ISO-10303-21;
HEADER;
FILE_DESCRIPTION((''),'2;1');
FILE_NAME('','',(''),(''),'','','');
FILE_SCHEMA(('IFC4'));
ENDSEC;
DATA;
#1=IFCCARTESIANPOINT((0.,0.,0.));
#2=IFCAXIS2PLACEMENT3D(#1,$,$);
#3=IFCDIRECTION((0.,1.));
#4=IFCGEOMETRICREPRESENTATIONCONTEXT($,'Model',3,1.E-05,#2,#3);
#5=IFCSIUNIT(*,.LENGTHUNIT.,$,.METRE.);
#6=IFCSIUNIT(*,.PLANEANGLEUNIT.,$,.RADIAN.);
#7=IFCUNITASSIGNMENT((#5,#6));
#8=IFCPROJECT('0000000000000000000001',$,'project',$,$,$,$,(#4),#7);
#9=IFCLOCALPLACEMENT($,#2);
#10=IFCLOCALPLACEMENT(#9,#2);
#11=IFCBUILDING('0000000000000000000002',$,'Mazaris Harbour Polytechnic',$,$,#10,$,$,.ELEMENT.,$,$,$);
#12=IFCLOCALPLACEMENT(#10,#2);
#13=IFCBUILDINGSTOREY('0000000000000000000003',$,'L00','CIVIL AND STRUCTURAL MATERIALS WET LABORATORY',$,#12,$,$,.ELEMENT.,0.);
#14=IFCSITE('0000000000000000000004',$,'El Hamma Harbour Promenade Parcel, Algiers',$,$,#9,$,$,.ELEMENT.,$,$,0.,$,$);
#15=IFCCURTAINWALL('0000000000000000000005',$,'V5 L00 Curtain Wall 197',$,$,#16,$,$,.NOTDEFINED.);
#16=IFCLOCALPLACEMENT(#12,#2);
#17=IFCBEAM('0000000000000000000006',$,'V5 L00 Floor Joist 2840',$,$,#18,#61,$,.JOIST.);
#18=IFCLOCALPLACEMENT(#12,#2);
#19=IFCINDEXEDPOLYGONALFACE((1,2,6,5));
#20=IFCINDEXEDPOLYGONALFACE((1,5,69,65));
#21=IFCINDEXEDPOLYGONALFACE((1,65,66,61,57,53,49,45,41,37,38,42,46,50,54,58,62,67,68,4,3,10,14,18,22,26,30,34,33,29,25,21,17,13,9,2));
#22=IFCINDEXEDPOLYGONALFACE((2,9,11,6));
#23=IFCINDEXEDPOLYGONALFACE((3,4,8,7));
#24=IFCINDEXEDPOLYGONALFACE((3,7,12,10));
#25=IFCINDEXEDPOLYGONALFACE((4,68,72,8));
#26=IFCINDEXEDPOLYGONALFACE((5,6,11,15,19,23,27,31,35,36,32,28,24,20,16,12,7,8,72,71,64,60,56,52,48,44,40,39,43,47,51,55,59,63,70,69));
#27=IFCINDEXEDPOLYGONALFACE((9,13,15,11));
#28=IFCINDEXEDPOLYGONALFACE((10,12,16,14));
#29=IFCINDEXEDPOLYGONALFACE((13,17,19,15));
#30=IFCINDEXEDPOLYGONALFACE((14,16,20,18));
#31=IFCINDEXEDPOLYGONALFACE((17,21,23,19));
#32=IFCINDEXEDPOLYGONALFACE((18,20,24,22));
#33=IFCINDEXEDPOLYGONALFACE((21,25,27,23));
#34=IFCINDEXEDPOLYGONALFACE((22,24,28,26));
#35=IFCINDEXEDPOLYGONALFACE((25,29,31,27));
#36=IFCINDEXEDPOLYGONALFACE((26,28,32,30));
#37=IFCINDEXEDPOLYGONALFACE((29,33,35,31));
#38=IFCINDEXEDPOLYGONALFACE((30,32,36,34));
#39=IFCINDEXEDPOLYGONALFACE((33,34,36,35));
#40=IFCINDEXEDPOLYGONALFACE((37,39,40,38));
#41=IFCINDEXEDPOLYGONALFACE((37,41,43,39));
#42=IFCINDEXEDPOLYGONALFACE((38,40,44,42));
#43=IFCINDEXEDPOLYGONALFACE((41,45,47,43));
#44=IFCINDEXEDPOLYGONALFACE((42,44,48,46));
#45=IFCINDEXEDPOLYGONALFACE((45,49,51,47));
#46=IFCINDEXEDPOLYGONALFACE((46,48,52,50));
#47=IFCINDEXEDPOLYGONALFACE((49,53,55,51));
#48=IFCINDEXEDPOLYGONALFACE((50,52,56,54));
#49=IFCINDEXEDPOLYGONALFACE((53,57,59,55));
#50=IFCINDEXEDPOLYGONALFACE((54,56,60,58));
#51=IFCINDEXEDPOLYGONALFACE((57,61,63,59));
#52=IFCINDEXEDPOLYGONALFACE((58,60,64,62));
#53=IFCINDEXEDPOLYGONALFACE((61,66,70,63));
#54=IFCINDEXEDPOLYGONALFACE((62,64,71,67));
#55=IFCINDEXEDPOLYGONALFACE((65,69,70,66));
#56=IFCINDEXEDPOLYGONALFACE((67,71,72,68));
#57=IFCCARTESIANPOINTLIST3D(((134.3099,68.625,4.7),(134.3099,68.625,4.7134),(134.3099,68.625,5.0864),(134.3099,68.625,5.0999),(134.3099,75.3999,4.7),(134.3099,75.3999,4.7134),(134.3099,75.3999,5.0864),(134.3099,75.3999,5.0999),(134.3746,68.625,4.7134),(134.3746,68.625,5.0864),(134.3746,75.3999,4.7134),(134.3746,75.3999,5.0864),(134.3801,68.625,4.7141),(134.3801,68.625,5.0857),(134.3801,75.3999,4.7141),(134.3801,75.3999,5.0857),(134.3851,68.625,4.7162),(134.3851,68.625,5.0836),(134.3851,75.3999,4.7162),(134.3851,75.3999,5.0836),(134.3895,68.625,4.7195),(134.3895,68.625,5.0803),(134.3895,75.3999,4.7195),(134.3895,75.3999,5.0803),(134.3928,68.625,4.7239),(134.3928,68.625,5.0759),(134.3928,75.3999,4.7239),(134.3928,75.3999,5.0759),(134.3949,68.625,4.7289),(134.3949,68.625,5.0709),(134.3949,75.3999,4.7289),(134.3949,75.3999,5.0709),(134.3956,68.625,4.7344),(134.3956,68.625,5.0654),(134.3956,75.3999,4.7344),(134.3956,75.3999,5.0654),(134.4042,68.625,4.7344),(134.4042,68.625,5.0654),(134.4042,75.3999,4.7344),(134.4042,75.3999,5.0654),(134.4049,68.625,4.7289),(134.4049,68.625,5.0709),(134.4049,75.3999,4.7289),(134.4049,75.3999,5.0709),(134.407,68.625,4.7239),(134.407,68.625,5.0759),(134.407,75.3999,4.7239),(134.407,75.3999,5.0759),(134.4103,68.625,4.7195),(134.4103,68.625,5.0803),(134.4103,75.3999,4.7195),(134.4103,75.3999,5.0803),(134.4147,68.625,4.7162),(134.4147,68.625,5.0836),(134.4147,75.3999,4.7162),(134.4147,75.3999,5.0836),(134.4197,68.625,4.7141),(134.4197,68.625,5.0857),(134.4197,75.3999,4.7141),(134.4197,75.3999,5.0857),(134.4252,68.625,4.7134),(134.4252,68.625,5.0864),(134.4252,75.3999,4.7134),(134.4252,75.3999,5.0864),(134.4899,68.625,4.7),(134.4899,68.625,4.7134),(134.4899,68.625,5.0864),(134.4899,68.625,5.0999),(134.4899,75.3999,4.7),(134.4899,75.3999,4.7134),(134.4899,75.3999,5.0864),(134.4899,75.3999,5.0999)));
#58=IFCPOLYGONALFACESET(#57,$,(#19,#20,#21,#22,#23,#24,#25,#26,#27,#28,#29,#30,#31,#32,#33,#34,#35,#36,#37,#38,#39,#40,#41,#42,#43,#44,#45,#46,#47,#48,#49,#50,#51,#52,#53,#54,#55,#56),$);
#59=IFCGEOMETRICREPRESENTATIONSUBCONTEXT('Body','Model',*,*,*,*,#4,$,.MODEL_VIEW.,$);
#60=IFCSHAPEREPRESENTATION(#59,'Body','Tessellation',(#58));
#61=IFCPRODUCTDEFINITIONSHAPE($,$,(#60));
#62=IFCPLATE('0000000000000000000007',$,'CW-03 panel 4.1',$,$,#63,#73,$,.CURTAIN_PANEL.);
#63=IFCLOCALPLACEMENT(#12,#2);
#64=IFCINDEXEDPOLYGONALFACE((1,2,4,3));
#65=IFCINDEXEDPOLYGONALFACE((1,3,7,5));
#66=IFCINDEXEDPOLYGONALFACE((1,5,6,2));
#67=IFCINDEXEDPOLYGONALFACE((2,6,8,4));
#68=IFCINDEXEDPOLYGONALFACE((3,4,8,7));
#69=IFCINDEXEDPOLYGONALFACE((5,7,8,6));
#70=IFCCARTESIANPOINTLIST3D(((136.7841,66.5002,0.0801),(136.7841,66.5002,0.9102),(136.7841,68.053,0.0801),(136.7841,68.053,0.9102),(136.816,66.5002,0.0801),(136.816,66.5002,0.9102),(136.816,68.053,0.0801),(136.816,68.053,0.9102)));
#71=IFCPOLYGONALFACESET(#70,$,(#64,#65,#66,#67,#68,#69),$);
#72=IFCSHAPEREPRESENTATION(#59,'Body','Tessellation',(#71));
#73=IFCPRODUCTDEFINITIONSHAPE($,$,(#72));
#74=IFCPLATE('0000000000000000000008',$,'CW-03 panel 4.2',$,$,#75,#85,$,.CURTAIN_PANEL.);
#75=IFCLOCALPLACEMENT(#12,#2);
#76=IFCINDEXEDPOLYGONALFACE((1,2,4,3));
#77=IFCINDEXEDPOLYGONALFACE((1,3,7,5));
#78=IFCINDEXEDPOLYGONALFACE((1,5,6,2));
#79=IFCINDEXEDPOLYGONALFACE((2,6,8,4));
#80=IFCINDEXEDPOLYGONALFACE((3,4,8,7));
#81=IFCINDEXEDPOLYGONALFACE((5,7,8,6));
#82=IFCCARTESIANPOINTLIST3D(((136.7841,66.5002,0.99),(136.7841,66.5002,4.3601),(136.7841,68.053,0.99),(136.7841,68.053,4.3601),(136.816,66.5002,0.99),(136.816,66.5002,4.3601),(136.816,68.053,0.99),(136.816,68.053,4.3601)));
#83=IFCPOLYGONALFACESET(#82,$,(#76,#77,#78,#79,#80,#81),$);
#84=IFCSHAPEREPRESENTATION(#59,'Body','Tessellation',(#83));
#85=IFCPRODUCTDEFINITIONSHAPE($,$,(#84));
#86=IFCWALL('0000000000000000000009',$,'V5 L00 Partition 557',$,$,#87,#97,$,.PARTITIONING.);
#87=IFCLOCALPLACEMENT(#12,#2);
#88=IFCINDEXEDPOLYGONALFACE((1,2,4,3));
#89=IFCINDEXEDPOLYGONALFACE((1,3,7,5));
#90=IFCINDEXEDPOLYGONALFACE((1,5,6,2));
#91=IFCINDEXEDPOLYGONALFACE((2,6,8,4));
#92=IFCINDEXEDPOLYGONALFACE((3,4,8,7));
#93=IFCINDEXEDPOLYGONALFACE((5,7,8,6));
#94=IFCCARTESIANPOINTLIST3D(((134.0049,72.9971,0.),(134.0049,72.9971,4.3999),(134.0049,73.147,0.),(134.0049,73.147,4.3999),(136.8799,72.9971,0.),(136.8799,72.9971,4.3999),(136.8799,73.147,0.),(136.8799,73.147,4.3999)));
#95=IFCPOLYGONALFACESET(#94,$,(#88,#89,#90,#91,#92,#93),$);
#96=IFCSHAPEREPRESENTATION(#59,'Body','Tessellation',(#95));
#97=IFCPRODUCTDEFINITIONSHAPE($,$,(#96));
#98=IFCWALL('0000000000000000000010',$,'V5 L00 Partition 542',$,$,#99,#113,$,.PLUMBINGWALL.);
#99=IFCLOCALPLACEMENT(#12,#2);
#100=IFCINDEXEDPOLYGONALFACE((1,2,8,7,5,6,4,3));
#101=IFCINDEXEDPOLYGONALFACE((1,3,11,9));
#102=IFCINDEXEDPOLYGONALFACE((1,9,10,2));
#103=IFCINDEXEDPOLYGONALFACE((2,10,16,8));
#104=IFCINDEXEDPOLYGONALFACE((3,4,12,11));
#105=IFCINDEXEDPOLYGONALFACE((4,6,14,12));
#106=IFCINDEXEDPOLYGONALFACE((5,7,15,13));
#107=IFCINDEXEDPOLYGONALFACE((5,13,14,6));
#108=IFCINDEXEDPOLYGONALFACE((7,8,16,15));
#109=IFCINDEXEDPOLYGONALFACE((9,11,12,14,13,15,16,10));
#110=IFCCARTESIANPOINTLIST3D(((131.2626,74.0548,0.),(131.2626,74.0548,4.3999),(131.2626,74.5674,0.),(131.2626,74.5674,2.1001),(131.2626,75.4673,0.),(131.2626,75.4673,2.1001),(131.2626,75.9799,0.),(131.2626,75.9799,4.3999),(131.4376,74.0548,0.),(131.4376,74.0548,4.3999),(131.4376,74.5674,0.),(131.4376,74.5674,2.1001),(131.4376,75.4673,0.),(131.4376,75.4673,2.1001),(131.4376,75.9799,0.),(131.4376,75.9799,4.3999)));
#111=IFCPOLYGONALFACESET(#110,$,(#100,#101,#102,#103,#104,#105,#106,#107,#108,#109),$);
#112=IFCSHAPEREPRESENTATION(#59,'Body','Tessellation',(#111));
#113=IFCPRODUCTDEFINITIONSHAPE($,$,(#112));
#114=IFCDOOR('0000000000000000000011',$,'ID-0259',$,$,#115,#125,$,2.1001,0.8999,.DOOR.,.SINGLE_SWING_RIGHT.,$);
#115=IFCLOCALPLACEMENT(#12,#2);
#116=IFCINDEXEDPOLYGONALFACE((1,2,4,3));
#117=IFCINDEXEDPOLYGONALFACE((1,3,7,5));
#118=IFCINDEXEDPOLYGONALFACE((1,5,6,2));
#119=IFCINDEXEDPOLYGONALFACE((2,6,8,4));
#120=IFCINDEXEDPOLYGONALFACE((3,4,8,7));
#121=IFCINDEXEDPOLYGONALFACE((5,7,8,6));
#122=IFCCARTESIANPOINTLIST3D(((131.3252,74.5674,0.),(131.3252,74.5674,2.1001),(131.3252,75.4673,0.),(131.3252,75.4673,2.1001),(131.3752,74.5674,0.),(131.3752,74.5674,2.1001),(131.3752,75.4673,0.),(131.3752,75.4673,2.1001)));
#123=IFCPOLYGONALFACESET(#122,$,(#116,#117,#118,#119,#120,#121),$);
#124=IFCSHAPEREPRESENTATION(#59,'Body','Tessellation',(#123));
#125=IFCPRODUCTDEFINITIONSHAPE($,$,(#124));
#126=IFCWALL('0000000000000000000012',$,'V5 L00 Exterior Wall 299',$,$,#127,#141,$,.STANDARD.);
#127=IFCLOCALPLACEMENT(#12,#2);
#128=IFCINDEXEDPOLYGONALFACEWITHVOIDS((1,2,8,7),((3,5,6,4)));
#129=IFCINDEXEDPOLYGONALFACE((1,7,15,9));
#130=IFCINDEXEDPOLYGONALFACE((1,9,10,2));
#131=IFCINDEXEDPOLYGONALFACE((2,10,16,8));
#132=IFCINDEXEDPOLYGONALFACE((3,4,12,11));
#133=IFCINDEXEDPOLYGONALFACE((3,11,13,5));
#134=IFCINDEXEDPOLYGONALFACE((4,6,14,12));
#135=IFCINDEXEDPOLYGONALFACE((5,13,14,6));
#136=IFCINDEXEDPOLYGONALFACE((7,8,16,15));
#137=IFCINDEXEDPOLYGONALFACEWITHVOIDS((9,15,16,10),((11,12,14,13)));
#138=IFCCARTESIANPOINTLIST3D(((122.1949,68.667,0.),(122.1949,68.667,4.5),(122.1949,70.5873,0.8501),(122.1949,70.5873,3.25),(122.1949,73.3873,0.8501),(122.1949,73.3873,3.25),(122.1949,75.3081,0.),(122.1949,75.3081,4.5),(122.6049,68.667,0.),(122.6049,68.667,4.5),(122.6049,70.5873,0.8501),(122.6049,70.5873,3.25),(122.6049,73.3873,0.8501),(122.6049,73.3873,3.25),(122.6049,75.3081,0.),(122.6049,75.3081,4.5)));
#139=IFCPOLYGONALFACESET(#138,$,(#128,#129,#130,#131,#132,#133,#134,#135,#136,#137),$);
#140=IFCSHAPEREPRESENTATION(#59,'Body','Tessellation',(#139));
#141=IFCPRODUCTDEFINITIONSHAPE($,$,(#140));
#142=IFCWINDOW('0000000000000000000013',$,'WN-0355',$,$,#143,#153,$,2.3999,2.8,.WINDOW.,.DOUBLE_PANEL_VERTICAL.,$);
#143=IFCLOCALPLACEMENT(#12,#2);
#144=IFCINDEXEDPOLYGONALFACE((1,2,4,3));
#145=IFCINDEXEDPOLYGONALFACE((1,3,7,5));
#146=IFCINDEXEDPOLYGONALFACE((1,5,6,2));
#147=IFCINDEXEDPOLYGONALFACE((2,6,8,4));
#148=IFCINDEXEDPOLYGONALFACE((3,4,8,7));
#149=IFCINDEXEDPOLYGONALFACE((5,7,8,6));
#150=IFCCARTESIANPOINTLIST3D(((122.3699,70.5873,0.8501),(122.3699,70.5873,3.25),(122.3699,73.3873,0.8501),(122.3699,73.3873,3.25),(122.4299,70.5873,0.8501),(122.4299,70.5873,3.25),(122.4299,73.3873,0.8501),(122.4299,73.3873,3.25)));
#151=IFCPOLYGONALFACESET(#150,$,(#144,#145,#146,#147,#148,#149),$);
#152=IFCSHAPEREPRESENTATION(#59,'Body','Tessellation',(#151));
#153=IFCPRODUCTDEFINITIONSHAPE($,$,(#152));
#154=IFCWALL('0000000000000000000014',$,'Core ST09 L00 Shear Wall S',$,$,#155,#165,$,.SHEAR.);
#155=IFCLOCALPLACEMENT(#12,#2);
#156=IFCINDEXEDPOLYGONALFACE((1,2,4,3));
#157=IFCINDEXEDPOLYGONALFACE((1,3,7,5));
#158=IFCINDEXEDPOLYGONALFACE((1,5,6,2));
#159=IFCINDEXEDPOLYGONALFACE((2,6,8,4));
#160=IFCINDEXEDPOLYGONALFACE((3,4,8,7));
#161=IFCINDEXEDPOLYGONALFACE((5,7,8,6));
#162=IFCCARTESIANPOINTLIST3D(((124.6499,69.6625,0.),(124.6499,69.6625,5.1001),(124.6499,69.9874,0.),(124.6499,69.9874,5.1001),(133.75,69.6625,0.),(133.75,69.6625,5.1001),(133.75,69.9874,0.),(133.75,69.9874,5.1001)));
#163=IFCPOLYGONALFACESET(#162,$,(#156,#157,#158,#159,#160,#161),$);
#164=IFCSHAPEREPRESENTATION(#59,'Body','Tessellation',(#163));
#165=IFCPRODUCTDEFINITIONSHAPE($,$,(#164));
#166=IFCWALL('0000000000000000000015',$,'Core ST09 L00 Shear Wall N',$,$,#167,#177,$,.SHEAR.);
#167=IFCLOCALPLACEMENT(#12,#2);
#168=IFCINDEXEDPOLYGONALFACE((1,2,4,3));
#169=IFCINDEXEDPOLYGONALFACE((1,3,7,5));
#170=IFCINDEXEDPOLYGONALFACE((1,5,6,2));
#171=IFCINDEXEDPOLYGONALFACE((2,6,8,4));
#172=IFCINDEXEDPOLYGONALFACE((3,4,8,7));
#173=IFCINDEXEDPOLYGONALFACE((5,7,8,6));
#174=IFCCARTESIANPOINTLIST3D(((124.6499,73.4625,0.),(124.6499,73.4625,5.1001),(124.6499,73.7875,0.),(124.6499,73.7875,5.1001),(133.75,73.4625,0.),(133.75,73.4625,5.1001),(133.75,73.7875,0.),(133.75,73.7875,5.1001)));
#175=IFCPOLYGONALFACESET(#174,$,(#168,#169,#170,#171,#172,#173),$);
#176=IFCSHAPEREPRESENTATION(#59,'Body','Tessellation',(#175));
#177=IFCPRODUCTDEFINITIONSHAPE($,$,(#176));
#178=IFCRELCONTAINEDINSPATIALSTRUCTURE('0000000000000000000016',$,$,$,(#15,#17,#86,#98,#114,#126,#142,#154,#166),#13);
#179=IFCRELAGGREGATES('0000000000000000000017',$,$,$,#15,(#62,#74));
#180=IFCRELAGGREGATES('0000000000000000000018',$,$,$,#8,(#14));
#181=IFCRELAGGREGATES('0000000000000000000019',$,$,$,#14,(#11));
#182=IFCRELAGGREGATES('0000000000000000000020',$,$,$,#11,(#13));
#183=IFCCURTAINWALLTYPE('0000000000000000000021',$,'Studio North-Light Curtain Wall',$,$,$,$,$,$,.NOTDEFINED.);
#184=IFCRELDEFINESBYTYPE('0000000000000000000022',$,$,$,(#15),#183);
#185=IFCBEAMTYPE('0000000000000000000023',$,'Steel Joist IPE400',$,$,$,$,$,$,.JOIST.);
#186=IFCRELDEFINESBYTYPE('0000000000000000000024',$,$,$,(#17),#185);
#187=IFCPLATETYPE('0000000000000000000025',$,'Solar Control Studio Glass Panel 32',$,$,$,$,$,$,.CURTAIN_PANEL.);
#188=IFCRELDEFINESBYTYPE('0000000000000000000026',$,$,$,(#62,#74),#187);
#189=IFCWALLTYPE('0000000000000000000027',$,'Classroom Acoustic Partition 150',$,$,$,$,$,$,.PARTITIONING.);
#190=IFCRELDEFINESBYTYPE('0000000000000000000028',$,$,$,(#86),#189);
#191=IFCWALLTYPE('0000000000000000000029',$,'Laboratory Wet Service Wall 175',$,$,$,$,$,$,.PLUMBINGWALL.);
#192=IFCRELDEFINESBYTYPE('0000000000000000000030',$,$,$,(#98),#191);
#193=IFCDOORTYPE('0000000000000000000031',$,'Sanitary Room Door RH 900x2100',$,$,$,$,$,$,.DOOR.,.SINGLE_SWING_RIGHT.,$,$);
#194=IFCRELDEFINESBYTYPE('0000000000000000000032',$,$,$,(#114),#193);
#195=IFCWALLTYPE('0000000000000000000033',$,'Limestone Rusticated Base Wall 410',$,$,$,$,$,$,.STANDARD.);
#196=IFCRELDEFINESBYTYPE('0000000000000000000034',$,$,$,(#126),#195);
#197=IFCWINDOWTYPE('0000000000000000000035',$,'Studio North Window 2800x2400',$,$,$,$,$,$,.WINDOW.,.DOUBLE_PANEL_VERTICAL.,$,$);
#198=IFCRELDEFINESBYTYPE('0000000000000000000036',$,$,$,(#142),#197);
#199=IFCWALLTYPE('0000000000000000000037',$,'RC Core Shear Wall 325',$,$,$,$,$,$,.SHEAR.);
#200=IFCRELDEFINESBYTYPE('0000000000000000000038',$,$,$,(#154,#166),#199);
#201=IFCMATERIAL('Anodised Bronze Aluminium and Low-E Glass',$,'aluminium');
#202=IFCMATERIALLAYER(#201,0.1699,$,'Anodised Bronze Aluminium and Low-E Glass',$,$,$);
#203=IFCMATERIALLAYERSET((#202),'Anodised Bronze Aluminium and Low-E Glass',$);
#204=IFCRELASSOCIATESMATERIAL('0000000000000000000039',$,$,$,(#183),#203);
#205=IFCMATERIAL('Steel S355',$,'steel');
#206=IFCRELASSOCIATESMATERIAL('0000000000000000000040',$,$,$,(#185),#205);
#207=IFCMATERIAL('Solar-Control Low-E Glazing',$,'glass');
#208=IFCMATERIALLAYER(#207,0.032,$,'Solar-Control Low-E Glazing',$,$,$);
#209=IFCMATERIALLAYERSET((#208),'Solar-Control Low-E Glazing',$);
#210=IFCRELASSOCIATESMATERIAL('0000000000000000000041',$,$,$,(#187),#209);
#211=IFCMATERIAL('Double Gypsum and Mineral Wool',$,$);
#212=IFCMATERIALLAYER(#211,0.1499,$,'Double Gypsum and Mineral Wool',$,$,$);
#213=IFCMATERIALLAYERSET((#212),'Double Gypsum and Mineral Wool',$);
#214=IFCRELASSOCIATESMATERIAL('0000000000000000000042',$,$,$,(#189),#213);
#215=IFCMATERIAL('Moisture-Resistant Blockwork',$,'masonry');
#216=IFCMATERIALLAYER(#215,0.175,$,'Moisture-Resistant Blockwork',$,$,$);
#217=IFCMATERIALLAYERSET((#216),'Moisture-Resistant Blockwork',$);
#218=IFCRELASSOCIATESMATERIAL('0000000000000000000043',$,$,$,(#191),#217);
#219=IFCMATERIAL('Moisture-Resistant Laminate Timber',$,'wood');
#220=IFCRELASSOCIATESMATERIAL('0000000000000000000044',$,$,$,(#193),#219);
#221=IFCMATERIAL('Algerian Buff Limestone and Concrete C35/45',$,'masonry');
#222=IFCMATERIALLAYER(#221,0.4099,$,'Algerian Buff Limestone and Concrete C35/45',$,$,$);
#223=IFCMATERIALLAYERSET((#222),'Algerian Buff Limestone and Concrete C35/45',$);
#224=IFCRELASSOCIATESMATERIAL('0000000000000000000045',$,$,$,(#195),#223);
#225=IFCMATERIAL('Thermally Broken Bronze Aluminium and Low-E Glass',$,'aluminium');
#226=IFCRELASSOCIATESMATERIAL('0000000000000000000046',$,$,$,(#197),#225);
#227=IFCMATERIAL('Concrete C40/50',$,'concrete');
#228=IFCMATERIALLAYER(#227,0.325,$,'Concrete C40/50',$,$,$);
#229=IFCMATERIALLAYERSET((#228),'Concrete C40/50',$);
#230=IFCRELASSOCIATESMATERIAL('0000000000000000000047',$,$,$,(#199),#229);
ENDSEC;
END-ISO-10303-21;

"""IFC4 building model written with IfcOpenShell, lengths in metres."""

from ifc_helpers import new_model, si_unit, direction, frame, frame_2d, origin, origin_2d, place, context, subcontext, project, spatial, rectangle, i_section, extrude, material, layer, layer_set, material_profile, profile_set, type_object, element, fill, aggregate, save


model = new_model("IFC4")

# Units and contexts
model_context = context("Model", 3, precision=1e-05, world=origin(), true_north=direction((0.0, 1.0)))
body_context = subcontext(model_context, "Body", "Model", "MODEL_VIEW")
ifc_project = project(units=[si_unit("LENGTHUNIT", "METRE"), si_unit("PLANEANGLEUNIT", "RADIAN")], contexts=[model_context])

# Site, building, storey
site_placement = place(None, origin())
site = spatial("IfcSite", under=ifc_project, at=site_placement, Name="El Hamma Harbour Promenade Parcel, Algiers", CompositionType="ELEMENT", RefElevation=0.0)
building_placement = place(site_placement, origin())
building = spatial("IfcBuilding", under=site, at=building_placement, Name="Mazaris Harbour Polytechnic", CompositionType="ELEMENT")
storey_placement = place(building_placement, origin())
storey = spatial("IfcBuildingStorey", under=building, at=storey_placement, Name="L00", Description="CIVIL AND STRUCTURAL MATERIALS WET LABORATORY", CompositionType="ELEMENT", Elevation=0.0)

# Curtain wall
ifc_material_1 = material(Name="Anodised Bronze Aluminium and Low-E Glass", Category="aluminium")
ifc_layer_1 = layer(ifc_material_1, 0.1699, Name="Anodised Bronze Aluminium and Low-E Glass")
ifc_layer_set_1 = layer_set([ifc_layer_1], Name="Anodised Bronze Aluminium and Low-E Glass")
curtain_wall_type = type_object("IfcCurtainWallType", Name="Studio North-Light Curtain Wall", PredefinedType="NOTDEFINED", material=ifc_layer_set_1)
curtain_wall_placement = place(storey_placement, origin())
curtain_wall = element("IfcCurtainWall", 1, at=curtain_wall_placement, inside=storey, type_object=curtain_wall_type, Name="V5 L00 Curtain Wall 197", PredefinedType="NOTDEFINED")

# Beam
ifc_material_2 = material(Name="Steel S355", Category="steel")
ifc_material_profile_1 = material_profile(ifc_material_2, i_section(OverallWidth=0.1799, OverallDepth=0.3999, WebThickness=0.0085, FlangeThickness=0.0134, FilletRadius=0.021, at=origin_2d()), Name="IPE 400")
ifc_profile_set_1 = profile_set([ifc_material_profile_1], Name="Steel S355")
beam_type_1 = type_object("IfcBeamType", Name="Steel Joist IPE400", PredefinedType="JOIST", material=ifc_profile_set_1)
beam_1_placement = place(storey_placement, frame((134.3999, 68.625, 4.8999), z_axis=(0.0, 1.0, 0.0), x_axis=(-1.0, 0.0, 0.0)))
element("IfcBeam", 2, at=beam_1_placement, inside=storey, type_object=beam_type_1, Name="V5 L00 Floor Joist 2840", PredefinedType="JOIST", context=body_context, shape_type="SweptSolid", body=[
    extrude(i_section(OverallWidth=0.1799, OverallDepth=0.3999, WebThickness=0.0085, FlangeThickness=0.0134, FilletRadius=0.021, at=origin_2d()), origin(), (0.0, 0.0, 1.0), 6.7749),
])

# Plates
ifc_material_3 = material(Name="Solar-Control Low-E Glazing", Category="glass")
ifc_layer_2 = layer(ifc_material_3, 0.032, Name="Solar-Control Low-E Glazing")
ifc_layer_set_2 = layer_set([ifc_layer_2], Name="Solar-Control Low-E Glazing")
plate_type = type_object("IfcPlateType", Name="Solar Control Studio Glass Panel 32", PredefinedType="CURTAIN_PANEL", material=ifc_layer_set_2)
plate_1_placement = place(storey_placement, frame((136.8, 67.2766, 0.0801), z_axis=(0.0, 0.0, 1.0), x_axis=(0.0, 1.0, 0.0)))
plate_1 = element("IfcPlate", 3, at=plate_1_placement, type_object=plate_type, Name="CW-03 panel 4.1", PredefinedType="CURTAIN_PANEL", context=body_context, shape_type="SweptSolid", body=[
    extrude(rectangle(XDim=1.5527, YDim=0.032, at=origin_2d()), origin(), (0.0, 0.0, 1.0), 0.8301),
])
plate_2_placement = place(storey_placement, frame((136.8, 67.2766, 0.99), z_axis=(0.0, 0.0, 1.0), x_axis=(0.0, 1.0, 0.0)))
plate_2 = element("IfcPlate", 4, at=plate_2_placement, type_object=plate_type, Name="CW-03 panel 4.2", PredefinedType="CURTAIN_PANEL", context=body_context, shape_type="SweptSolid", body=[
    extrude(rectangle(XDim=1.5527, YDim=0.032, at=origin_2d()), origin(), (0.0, 0.0, 1.0), 3.3701),
])
aggregate(curtain_wall, [plate_1, plate_2])

# Wall
ifc_material_4 = material(Name="Double Gypsum and Mineral Wool")
ifc_layer_3 = layer(ifc_material_4, 0.1499, Name="Double Gypsum and Mineral Wool")
ifc_layer_set_3 = layer_set([ifc_layer_3], Name="Double Gypsum and Mineral Wool")
wall_type_1 = type_object("IfcWallType", Name="Classroom Acoustic Partition 150", PredefinedType="PARTITIONING", material=ifc_layer_set_3)
wall_1_placement = place(storey_placement, frame((134.0049, 73.072, 0.0), z_axis=(0.0, 0.0, 1.0), x_axis=(1.0, 0.0, 0.0)))
element("IfcWall", 5, at=wall_1_placement, inside=storey, type_object=wall_type_1, Name="V5 L00 Partition 557", PredefinedType="PARTITIONING", context=body_context, shape_type="SweptSolid", body=[
    extrude(rectangle(XDim=2.875, YDim=0.1499, at=frame_2d((1.4375, 0.0))), origin(), (0.0, 0.0, 1.0), 4.3999),
])

# Wall, opening, door
ifc_material_5 = material(Name="Moisture-Resistant Blockwork", Category="masonry")
ifc_layer_4 = layer(ifc_material_5, 0.175, Name="Moisture-Resistant Blockwork")
ifc_layer_set_4 = layer_set([ifc_layer_4], Name="Moisture-Resistant Blockwork")
wall_type_2 = type_object("IfcWallType", Name="Laboratory Wet Service Wall 175", PredefinedType="PLUMBINGWALL", material=ifc_layer_set_4)
wall_2_placement = place(storey_placement, frame((131.3501, 74.0549, 0.0), z_axis=(0.0, 0.0, 1.0), x_axis=(0.0, 1.0, 0.0)))
wall_2 = element("IfcWall", 6, at=wall_2_placement, inside=storey, type_object=wall_type_2, Name="V5 L00 Partition 542", PredefinedType="PLUMBINGWALL", context=body_context, shape_type="SweptSolid", body=[
    extrude(rectangle(XDim=1.925, YDim=0.175, at=frame_2d((0.9624, 0.0))), origin(), (0.0, 0.0, 1.0), 4.3999),
])
opening_1_placement = place(wall_2_placement, frame((0.5125, 0.0, 0.0)))
opening_1 = element("IfcOpeningElement", 7, at=opening_1_placement, cuts=wall_2, PredefinedType="OPENING", context=body_context, shape_type="SweptSolid", body=[
    extrude(rectangle(XDim=0.8999, YDim=2.1001, at=frame_2d((0.45, 1.05))), frame((0.0, 0.0974, 0.0), z_axis=(0.0, -1.0, 0.0), x_axis=(1.0, 0.0, 0.0)), (0.0, 0.0, 1.0), 0.1951),
])
ifc_material_6 = material(Name="Moisture-Resistant Laminate Timber", Category="wood")
door_type_1 = type_object("IfcDoorType", Name="Sanitary Room Door RH 900x2100", OperationType="SINGLE_SWING_RIGHT", PredefinedType="DOOR", material=ifc_material_6)
door_1_placement = place(opening_1_placement, origin())
door_1 = element("IfcDoor", 8, at=door_1_placement, inside=storey, type_object=door_type_1, Name="ID-0259", OperationType="SINGLE_SWING_RIGHT", OverallHeight=2.1001, OverallWidth=0.8999, PredefinedType="DOOR", context=body_context, shape_type="SweptSolid", body=[
    extrude(rectangle(XDim=0.8999, YDim=2.1001, at=frame_2d((0.45, 1.05))), frame((0.0, 0.0249, 0.0), z_axis=(0.0, -1.0, 0.0), x_axis=(1.0, 0.0, 0.0)), (0.0, 0.0, 1.0), 0.05),
])
fill(opening_1, door_1)

# Wall, opening, window
ifc_material_7 = material(Name="Algerian Buff Limestone and Concrete C35/45", Category="masonry")
ifc_layer_5 = layer(ifc_material_7, 0.4099, Name="Algerian Buff Limestone and Concrete C35/45")
ifc_layer_set_5 = layer_set([ifc_layer_5], Name="Algerian Buff Limestone and Concrete C35/45")
wall_type_3 = type_object("IfcWallType", Name="Limestone Rusticated Base Wall 410", PredefinedType="STANDARD", material=ifc_layer_set_5)
wall_3_placement = place(storey_placement, frame((122.3999, 68.667, 0.0), z_axis=(0.0, 0.0, 1.0), x_axis=(0.0, 1.0, 0.0)))
wall_3 = element("IfcWall", 9, at=wall_3_placement, inside=storey, type_object=wall_type_3, Name="V5 L00 Exterior Wall 299", PredefinedType="STANDARD", context=body_context, shape_type="SweptSolid", body=[
    extrude(rectangle(XDim=6.6411, YDim=0.4099, at=frame_2d((3.3206, 0.0))), origin(), (0.0, 0.0, 1.0), 4.5),
])
opening_2_placement = place(wall_3_placement, frame((1.9204, 0.0, 0.8501)))
opening_2 = element("IfcOpeningElement", 10, at=opening_2_placement, cuts=wall_3, PredefinedType="OPENING", context=body_context, shape_type="SweptSolid", body=[
    extrude(rectangle(XDim=2.8, YDim=2.3999, at=frame_2d((1.3999, 1.2))), frame((0.0, 0.2148, 0.0), z_axis=(0.0, -1.0, 0.0), x_axis=(1.0, 0.0, 0.0)), (0.0, 0.0, 1.0), 0.4299),
])
ifc_material_8 = material(Name="Thermally Broken Bronze Aluminium and Low-E Glass", Category="aluminium")
window_type = type_object("IfcWindowType", Name="Studio North Window 2800x2400", PartitioningType="DOUBLE_PANEL_VERTICAL", PredefinedType="WINDOW", material=ifc_material_8)
window_placement = place(opening_2_placement, origin())
window = element("IfcWindow", 11, at=window_placement, inside=storey, type_object=window_type, Name="WN-0355", OverallHeight=2.3999, OverallWidth=2.8, PartitioningType="DOUBLE_PANEL_VERTICAL", PredefinedType="WINDOW", context=body_context, shape_type="SweptSolid", body=[
    extrude(rectangle(XDim=2.8, YDim=2.3999, at=frame_2d((1.3999, 1.2))), frame((0.0, 0.03, 0.0), z_axis=(0.0, -1.0, 0.0), x_axis=(1.0, 0.0, 0.0)), (0.0, 0.0, 1.0), 0.0601),
])
fill(opening_2, window)

# Walls
ifc_material_9 = material(Name="Concrete C40/50", Category="concrete")
ifc_layer_6 = layer(ifc_material_9, 0.325, Name="Concrete C40/50")
ifc_layer_set_6 = layer_set([ifc_layer_6], Name="Concrete C40/50")
wall_type_4 = type_object("IfcWallType", Name="RC Core Shear Wall 325", PredefinedType="SHEAR", material=ifc_layer_set_6)
for number, where, z_axis, x_axis, name in (
    (12, (124.6499, 69.825, 0.0), (0.0, 0.0, 1.0), (1.0, 0.0, 0.0), "Core ST09 L00 Shear Wall S"),
    (13, (133.75, 73.625, 0.0), (0.0, 0.0, 1.0), (-1.0, 0.0, 0.0), "Core ST09 L00 Shear Wall N"),
):
    element("IfcWall", number, at=place(storey_placement, frame(where, z_axis=z_axis, x_axis=x_axis)), inside=storey, type_object=wall_type_4, Name=name, PredefinedType="SHEAR", context=body_context, shape_type="SweptSolid", body=[
        extrude(rectangle(XDim=9.1001, YDim=0.325, at=frame_2d((4.55, 0.0))), origin(), (0.0, 0.0, 1.0), 5.1001),
    ])

save(model, "model.ifc")
